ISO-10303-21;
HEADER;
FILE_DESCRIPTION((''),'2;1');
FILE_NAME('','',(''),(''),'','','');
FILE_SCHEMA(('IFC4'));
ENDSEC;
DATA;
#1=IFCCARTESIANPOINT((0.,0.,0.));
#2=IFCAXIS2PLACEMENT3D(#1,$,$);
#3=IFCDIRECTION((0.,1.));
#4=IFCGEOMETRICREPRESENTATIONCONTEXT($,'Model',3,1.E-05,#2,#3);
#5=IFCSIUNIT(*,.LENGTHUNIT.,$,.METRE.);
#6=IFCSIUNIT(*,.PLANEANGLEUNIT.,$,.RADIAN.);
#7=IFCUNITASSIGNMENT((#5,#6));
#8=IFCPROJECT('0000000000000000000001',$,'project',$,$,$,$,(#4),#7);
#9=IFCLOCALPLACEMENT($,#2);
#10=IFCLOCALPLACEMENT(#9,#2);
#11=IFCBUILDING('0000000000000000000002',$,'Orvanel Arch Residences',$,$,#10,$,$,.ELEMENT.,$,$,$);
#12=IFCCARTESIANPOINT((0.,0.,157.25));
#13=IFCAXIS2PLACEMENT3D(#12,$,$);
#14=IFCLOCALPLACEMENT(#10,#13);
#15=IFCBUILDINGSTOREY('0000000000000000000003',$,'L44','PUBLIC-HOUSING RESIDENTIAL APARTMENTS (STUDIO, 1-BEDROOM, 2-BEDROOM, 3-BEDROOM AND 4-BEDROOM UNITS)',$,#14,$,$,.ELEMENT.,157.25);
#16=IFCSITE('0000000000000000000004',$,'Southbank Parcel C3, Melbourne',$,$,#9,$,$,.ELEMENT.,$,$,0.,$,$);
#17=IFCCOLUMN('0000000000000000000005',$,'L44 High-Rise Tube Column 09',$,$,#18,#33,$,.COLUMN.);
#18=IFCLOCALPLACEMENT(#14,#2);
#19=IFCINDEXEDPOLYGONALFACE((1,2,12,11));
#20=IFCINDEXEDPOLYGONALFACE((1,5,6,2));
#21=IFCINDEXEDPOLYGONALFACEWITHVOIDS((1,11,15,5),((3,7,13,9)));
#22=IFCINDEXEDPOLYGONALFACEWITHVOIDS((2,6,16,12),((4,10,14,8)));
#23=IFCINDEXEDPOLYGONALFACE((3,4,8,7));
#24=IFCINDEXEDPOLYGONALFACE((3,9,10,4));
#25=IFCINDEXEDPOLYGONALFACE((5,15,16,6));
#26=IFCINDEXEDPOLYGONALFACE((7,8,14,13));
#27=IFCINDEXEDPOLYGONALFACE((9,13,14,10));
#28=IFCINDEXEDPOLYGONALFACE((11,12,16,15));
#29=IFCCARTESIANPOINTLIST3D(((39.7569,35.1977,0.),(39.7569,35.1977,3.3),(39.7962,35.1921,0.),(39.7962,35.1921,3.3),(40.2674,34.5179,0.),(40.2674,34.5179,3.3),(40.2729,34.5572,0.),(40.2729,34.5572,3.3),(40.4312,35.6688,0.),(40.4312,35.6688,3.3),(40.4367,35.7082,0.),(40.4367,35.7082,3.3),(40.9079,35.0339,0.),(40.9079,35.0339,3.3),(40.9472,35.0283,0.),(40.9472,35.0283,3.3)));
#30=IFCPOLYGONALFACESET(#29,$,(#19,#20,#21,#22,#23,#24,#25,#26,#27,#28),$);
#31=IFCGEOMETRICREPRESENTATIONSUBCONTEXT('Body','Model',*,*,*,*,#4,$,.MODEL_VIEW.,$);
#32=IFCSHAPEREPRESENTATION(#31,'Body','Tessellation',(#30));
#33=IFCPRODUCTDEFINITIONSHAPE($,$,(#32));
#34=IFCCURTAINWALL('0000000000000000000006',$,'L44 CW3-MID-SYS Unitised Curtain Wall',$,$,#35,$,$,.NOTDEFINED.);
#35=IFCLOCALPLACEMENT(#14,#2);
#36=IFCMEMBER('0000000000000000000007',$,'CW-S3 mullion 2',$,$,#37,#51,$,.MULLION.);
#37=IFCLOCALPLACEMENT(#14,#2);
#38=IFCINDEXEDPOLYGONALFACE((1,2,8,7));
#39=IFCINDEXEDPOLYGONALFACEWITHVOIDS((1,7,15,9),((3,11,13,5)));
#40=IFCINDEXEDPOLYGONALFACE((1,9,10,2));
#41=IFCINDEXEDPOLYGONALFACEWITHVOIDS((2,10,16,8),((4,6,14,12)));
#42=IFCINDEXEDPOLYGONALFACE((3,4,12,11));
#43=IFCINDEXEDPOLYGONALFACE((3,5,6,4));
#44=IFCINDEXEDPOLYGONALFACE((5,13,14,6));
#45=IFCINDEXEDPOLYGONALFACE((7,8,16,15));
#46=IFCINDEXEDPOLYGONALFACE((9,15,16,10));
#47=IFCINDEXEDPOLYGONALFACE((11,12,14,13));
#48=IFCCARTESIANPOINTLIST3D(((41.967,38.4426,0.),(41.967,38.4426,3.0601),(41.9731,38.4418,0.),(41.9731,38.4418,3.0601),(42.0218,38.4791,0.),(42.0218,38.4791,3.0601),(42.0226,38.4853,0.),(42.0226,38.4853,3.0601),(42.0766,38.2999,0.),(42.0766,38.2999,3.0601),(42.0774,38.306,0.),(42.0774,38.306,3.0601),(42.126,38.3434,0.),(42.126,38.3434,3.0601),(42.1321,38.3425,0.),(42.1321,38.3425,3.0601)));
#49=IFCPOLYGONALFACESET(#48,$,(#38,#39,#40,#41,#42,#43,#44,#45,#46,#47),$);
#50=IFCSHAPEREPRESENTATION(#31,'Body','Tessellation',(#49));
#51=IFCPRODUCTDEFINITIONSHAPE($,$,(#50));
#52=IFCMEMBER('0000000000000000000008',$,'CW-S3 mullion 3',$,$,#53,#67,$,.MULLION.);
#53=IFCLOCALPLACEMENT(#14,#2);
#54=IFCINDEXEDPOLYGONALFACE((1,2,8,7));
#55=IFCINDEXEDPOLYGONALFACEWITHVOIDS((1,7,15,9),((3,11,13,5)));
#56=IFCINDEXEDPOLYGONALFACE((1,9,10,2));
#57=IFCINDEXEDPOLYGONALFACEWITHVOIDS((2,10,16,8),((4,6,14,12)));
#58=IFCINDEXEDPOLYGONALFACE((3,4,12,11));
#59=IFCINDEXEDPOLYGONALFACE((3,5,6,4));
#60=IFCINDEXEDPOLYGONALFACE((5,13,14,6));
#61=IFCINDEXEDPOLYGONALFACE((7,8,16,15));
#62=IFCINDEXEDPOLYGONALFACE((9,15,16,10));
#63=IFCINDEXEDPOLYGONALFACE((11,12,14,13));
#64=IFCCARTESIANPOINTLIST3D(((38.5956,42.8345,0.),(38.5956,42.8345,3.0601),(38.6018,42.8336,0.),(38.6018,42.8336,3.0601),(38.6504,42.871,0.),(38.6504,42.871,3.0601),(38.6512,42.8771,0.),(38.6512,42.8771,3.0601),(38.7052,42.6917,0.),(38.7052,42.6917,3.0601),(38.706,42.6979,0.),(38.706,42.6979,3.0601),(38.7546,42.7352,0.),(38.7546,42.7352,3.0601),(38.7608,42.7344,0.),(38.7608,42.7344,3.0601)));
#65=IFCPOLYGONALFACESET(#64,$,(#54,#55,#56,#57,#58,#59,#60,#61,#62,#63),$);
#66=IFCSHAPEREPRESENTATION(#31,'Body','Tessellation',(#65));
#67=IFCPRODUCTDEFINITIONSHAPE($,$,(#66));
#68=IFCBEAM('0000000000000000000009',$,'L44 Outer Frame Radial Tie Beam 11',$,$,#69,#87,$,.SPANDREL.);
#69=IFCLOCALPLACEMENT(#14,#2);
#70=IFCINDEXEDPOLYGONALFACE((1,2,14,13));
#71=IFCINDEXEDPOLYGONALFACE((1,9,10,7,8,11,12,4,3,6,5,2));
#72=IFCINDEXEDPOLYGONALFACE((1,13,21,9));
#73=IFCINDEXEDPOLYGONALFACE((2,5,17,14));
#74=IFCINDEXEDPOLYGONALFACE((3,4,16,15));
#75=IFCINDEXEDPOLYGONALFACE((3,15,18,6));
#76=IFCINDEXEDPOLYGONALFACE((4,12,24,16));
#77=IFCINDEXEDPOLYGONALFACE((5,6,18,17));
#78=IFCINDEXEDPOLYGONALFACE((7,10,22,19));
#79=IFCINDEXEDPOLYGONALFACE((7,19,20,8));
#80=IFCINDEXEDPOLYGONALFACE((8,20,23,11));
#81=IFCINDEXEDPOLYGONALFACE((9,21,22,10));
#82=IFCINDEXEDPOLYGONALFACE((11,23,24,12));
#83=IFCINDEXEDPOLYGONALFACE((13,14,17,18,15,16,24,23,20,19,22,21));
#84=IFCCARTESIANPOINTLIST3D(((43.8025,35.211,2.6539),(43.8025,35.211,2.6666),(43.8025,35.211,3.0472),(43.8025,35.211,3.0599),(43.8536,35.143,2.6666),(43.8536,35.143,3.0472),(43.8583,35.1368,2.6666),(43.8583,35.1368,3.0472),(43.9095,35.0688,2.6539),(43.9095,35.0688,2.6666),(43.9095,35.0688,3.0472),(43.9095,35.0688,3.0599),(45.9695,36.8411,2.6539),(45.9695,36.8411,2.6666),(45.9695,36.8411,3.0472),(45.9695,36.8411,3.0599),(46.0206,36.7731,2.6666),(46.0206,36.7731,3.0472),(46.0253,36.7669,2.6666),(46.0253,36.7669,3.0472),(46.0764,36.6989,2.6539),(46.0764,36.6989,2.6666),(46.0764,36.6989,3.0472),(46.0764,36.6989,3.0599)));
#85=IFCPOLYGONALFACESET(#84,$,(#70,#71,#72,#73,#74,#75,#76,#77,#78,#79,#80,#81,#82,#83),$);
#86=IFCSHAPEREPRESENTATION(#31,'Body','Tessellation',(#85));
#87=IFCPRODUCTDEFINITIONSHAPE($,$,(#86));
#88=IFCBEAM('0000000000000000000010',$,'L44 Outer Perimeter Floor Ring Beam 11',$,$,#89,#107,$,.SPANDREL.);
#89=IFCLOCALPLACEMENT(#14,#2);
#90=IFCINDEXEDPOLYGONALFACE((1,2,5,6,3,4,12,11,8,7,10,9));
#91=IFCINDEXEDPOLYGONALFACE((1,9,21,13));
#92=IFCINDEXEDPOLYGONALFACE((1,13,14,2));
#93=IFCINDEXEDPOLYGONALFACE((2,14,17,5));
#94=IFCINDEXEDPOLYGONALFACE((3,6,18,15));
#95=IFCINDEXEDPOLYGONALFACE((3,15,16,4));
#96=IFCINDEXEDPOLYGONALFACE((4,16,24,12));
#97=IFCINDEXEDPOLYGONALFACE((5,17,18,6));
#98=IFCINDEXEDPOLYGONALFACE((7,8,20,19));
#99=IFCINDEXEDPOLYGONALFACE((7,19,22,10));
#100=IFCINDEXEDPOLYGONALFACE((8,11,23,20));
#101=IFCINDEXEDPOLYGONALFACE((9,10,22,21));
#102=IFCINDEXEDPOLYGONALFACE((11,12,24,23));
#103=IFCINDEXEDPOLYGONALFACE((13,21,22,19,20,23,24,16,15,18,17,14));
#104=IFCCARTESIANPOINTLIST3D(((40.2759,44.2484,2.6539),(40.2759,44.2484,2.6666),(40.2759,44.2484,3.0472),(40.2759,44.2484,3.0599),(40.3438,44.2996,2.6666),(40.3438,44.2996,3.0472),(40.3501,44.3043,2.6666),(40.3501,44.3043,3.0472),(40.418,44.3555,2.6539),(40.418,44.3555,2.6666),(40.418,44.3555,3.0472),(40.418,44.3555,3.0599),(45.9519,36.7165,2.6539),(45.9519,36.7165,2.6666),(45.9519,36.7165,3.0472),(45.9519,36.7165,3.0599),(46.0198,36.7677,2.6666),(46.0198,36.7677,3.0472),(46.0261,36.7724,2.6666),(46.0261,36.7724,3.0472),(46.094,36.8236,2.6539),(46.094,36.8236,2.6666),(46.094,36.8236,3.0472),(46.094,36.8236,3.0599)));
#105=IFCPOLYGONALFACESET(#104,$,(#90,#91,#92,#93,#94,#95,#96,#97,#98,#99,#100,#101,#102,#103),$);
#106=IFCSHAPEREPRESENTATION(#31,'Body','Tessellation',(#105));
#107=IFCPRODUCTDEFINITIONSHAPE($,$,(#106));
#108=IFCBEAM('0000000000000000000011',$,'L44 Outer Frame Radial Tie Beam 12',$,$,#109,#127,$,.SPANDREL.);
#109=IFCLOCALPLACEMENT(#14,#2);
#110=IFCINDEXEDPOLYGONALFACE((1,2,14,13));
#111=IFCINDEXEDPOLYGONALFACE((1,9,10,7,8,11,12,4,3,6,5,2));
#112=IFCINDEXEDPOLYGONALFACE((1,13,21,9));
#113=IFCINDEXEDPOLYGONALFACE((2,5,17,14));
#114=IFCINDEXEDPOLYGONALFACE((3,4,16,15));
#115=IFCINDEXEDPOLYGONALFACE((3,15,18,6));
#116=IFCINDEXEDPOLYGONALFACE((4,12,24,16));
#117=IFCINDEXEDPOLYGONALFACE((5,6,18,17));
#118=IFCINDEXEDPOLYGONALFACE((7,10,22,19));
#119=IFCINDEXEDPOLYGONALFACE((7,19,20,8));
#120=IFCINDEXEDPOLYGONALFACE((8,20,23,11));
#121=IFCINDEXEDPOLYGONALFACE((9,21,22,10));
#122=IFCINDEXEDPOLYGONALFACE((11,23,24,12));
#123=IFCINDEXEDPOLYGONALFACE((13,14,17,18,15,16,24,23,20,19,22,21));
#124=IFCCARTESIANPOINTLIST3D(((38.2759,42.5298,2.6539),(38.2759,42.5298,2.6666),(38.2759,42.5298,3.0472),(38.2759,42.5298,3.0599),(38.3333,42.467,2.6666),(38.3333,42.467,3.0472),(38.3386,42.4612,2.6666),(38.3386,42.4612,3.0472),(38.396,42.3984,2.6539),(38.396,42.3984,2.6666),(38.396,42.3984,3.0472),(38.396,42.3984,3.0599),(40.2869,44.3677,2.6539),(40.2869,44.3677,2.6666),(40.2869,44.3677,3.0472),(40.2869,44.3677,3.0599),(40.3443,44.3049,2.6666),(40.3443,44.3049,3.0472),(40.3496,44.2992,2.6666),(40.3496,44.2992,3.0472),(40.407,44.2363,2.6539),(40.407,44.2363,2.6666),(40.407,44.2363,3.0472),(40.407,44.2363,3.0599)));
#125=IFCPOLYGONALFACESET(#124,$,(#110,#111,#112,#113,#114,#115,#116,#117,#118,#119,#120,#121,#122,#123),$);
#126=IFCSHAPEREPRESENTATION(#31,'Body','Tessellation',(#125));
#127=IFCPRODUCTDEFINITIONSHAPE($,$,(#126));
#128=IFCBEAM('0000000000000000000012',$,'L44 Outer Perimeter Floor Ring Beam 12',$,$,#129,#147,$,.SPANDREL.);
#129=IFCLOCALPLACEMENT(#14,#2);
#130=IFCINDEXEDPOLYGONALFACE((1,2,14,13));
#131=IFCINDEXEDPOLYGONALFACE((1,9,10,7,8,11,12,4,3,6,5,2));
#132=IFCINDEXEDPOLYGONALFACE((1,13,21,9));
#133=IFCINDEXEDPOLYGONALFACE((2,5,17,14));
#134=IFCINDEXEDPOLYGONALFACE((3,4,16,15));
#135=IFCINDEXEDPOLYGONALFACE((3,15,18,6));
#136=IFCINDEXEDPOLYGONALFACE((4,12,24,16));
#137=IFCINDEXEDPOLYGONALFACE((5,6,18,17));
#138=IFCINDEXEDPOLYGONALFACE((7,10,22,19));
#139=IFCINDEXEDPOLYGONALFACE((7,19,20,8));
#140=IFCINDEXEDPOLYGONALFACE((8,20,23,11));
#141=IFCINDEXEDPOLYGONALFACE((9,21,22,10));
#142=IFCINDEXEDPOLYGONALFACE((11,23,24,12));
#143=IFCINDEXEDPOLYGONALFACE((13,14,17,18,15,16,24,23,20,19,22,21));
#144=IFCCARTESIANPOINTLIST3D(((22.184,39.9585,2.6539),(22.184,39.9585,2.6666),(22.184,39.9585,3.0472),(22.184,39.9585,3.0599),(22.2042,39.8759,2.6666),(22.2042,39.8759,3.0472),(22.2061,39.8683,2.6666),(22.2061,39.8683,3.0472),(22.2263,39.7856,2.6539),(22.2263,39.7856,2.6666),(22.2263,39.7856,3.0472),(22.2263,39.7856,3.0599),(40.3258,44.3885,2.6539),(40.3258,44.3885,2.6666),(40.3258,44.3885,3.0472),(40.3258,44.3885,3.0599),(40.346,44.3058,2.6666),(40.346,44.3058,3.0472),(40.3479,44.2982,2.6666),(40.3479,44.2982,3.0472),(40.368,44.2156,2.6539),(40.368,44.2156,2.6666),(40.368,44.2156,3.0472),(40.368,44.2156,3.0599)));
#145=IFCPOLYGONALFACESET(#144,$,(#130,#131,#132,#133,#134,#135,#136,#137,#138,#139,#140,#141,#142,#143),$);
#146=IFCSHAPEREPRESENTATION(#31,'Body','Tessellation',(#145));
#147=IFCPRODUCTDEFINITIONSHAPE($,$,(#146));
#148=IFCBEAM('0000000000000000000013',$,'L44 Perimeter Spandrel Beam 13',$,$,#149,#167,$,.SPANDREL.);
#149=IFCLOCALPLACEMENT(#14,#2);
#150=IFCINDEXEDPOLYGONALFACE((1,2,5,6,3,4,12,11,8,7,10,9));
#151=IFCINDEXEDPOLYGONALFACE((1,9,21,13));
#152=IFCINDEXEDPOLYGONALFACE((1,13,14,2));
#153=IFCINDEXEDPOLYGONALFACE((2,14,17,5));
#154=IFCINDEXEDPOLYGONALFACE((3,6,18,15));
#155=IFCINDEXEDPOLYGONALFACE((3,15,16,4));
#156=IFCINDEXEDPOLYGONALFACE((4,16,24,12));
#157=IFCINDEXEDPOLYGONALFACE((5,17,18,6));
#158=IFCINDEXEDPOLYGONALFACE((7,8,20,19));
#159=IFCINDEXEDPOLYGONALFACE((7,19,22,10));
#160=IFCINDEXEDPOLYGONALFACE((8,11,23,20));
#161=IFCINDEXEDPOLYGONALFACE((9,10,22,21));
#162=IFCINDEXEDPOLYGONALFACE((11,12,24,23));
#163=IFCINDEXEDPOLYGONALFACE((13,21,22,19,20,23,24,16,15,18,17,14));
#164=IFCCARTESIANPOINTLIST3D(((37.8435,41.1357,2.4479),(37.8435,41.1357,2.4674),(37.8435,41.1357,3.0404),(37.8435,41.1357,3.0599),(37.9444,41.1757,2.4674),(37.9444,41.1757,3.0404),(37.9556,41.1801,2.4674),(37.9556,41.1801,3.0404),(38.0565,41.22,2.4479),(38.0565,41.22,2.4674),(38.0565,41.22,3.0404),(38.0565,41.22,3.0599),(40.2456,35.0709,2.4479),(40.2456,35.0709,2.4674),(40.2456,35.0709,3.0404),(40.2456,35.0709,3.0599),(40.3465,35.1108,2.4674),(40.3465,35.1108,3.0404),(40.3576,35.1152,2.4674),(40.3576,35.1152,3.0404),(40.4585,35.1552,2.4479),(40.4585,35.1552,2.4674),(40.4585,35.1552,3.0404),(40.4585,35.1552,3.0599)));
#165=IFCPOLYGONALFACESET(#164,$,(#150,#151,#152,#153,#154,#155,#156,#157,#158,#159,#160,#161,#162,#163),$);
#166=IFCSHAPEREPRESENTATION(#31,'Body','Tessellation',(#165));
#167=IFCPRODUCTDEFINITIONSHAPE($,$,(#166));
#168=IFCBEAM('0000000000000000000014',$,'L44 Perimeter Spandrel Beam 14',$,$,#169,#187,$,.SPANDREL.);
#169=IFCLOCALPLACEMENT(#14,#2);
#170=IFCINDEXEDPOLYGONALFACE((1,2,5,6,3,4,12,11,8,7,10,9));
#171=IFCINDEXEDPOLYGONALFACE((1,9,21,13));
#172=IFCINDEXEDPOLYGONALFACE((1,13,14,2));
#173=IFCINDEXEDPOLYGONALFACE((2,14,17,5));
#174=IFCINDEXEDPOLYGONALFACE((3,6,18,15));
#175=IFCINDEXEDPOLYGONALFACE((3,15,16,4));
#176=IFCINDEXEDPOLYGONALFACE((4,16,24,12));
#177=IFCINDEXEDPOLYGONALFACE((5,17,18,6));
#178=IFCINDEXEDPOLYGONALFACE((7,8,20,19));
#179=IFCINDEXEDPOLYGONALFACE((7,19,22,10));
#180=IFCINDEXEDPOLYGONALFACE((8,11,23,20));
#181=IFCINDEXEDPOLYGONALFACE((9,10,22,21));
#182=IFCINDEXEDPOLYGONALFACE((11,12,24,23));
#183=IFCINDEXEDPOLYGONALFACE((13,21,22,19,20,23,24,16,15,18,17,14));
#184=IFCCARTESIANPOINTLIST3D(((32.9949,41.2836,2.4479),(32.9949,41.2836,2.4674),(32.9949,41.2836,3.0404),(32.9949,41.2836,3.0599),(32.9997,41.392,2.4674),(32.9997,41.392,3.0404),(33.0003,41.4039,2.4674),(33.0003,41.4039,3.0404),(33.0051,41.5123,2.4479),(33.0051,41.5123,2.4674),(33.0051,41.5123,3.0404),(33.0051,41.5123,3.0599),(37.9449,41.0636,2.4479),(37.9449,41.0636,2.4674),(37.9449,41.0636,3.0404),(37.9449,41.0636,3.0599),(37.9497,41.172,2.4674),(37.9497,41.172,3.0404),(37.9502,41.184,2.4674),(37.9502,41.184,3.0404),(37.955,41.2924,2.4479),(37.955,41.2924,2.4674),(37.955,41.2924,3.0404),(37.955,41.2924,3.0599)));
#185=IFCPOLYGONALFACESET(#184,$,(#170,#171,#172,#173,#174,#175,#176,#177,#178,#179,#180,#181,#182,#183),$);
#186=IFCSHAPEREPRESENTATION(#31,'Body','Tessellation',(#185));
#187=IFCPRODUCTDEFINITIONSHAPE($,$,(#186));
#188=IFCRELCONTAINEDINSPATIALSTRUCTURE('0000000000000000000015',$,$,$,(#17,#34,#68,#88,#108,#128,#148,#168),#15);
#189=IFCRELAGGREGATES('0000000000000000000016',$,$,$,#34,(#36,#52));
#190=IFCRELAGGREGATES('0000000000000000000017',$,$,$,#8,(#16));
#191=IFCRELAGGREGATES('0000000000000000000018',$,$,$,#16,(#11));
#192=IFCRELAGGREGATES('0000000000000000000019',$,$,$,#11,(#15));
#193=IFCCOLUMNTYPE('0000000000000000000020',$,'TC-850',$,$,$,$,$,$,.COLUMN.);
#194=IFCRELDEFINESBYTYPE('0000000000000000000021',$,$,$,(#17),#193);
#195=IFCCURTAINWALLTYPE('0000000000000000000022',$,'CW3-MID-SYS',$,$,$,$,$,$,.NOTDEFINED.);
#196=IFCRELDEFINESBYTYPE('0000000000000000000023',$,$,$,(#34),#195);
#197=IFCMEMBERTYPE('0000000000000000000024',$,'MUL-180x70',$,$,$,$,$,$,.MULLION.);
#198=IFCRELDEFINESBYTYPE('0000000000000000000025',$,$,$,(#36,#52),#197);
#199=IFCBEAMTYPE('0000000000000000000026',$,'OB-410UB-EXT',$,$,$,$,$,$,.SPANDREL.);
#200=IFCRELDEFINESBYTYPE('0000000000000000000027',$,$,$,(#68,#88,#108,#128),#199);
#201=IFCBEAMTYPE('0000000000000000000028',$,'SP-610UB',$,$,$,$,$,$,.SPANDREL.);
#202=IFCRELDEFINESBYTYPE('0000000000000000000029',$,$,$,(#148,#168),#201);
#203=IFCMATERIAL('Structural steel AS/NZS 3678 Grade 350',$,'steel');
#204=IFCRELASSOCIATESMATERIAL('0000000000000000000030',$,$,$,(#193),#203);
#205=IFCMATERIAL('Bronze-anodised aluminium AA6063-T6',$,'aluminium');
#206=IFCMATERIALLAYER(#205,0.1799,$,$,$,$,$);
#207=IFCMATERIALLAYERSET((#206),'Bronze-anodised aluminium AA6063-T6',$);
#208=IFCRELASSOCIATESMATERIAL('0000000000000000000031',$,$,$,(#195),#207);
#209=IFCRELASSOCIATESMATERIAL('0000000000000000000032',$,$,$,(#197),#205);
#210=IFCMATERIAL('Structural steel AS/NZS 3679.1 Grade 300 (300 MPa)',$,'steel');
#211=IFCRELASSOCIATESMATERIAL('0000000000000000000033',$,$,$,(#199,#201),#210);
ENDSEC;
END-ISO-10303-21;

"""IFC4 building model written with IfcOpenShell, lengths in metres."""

from ifc_helpers import new_model, si_unit, direction, frame, origin, origin_2d, place, context, subcontext, project, spatial, hollow_rectangle, i_section, extrude, material, layer, layer_set, material_profile, profile_set, type_object, element, aggregate, save


model = new_model("IFC4")

# Units and contexts
model_context = context("Model", 3, precision=1e-05, world=origin(), true_north=direction((0.0, 1.0)))
body_context = subcontext(model_context, "Body", "Model", "MODEL_VIEW")
ifc_project = project(units=[si_unit("LENGTHUNIT", "METRE"), si_unit("PLANEANGLEUNIT", "RADIAN")], contexts=[model_context])

# Site, building, storey
site_placement = place(None, origin())
site = spatial("IfcSite", under=ifc_project, at=site_placement, Name="Southbank Parcel C3, Melbourne", CompositionType="ELEMENT", RefElevation=0.0)
building_placement = place(site_placement, origin())
building = spatial("IfcBuilding", under=site, at=building_placement, Name="Orvanel Arch Residences", CompositionType="ELEMENT")
storey_placement = place(building_placement, frame((0.0, 0.0, 157.25)))
storey = spatial("IfcBuildingStorey", under=building, at=storey_placement, Name="L44", Description="PUBLIC-HOUSING RESIDENTIAL APARTMENTS (STUDIO, 1-BEDROOM, 2-BEDROOM, 3-BEDROOM AND 4-BEDROOM UNITS)", CompositionType="ELEMENT", Elevation=157.25)

# Column
ifc_material_1 = material(Name="Structural steel AS/NZS 3678 Grade 350", Category="steel")
ifc_material_profile_1 = material_profile(ifc_material_1, hollow_rectangle(XDim=0.8501, YDim=0.8501, WallThickness=0.0281, at=origin_2d()), Name="BOX850x850x28")
ifc_profile_set_1 = profile_set([ifc_material_profile_1], Name="Structural steel AS/NZS 3678 Grade 350")
column_type = type_object("IfcColumnType", Name="TC-850", PredefinedType="COLUMN", material=ifc_profile_set_1)
column_placement = place(storey_placement, frame((40.3521, 35.113, 0.0), z_axis=(0.0, 0.0, 1.0), x_axis=(-0.60042, 0.799685, 0.0)))
element("IfcColumn", 1, at=column_placement, inside=storey, type_object=column_type, Name="L44 High-Rise Tube Column 09", PredefinedType="COLUMN", context=body_context, shape_type="SweptSolid", body=[
    extrude(hollow_rectangle(XDim=0.8501, YDim=0.8501, WallThickness=0.0281, at=origin_2d()), origin(), (0.0, 0.0, 1.0), 3.3),
])

# Curtain wall, members
ifc_material_2 = material(Name="Bronze-anodised aluminium AA6063-T6", Category="aluminium")
ifc_layer_1 = layer(ifc_material_2, 0.1799)
ifc_layer_set_1 = layer_set([ifc_layer_1], Name="Bronze-anodised aluminium AA6063-T6")
curtain_wall_type = type_object("IfcCurtainWallType", Name="CW3-MID-SYS", PredefinedType="NOTDEFINED", material=ifc_layer_set_1)
curtain_wall_placement = place(storey_placement, origin())
curtain_wall = element("IfcCurtainWall", 2, at=curtain_wall_placement, inside=storey, type_object=curtain_wall_type, Name="L44 CW3-MID-SYS Unitised Curtain Wall", PredefinedType="NOTDEFINED")
ifc_material_profile_2 = material_profile(ifc_material_2, hollow_rectangle(XDim=0.0701, YDim=0.1799, WallThickness=0.0044, at=origin_2d()), Name="ALU180x70x4.5")
ifc_profile_set_2 = profile_set([ifc_material_profile_2], Name="Bronze-anodised aluminium AA6063-T6")
member_type_1 = type_object("IfcMemberType", Name="MUL-180x70", PredefinedType="MULLION", material=ifc_profile_set_2)
member_1_placement = place(storey_placement, frame((42.0496, 38.3926, 0.0), z_axis=(0.0, 0.0, 1.0), x_axis=(-0.793223, -0.608931, 0.0)))
member_1 = element("IfcMember", 3, at=member_1_placement, type_object=member_type_1, Name="CW-S3 mullion 2", PredefinedType="MULLION", context=body_context, shape_type="SweptSolid", body=[
    extrude(hollow_rectangle(XDim=0.0701, YDim=0.1799, WallThickness=0.0044, at=origin_2d()), origin(), (0.0, 0.0, 1.0), 3.0601),
])
member_2_placement = place(storey_placement, frame((38.6782, 42.7844, 0.0), z_axis=(0.0, 0.0, 1.0), x_axis=(-0.793223, -0.608931, 0.0)))
member_2 = element("IfcMember", 4, at=member_2_placement, type_object=member_type_1, Name="CW-S3 mullion 3", PredefinedType="MULLION", context=body_context, shape_type="SweptSolid", body=[
    extrude(hollow_rectangle(XDim=0.0701, YDim=0.1799, WallThickness=0.0044, at=origin_2d()), origin(), (0.0, 0.0, 1.0), 3.0601),
])

# Beams
ifc_material_3 = material(Name="Structural steel AS/NZS 3679.1 Grade 300 (300 MPa)", Category="steel")
ifc_material_profile_3 = material_profile(ifc_material_3, i_section(OverallWidth=0.178, OverallDepth=0.406, WebThickness=0.0078, FlangeThickness=0.0127, at=origin_2d()), Name="410UB59.7")
ifc_profile_set_3 = profile_set([ifc_material_profile_3], Name="Structural steel AS/NZS 3679.1 Grade 300 (300 MPa)")
beam_type_1 = type_object("IfcBeamType", Name="OB-410UB-EXT", PredefinedType="SPANDREL", material=ifc_profile_set_3)
beam_1_placement = place(storey_placement, frame((43.856, 35.1399, 2.8569), z_axis=(0.799135, 0.601152, 0.0), x_axis=(-0.601152, 0.799135, 0.0)))
element("IfcBeam", 5, at=beam_1_placement, inside=storey, type_object=beam_type_1, Name="L44 Outer Frame Radial Tie Beam 11", PredefinedType="SPANDREL", context=body_context, shape_type="SweptSolid", body=[
    extrude(i_section(OverallWidth=0.178, OverallDepth=0.406, WebThickness=0.0078, FlangeThickness=0.0127, at=origin_2d()), origin(), (0.0, 0.0, 1.0), 2.7117),
])
beam_2_placement = place(storey_placement, frame((46.0229, 36.77, 2.8569), z_axis=(-0.601833, 0.798622, 0.0), x_axis=(-0.798622, -0.601833, 0.0)))
element("IfcBeam", 6, at=beam_2_placement, inside=storey, type_object=beam_type_1, Name="L44 Outer Perimeter Floor Ring Beam 11", PredefinedType="SPANDREL", context=body_context, shape_type="SweptSolid", body=[
    extrude(i_section(OverallWidth=0.178, OverallDepth=0.406, WebThickness=0.0078, FlangeThickness=0.0127, at=origin_2d()), origin(), (0.0, 0.0, 1.0), 9.4312),
])
beam_3_placement = place(storey_placement, frame((38.3359, 42.4641, 2.8569), z_axis=(0.738161, 0.674624, 0.0), x_axis=(-0.674624, 0.738161, 0.0)))
element("IfcBeam", 7, at=beam_3_placement, inside=storey, type_object=beam_type_1, Name="L44 Outer Frame Radial Tie Beam 12", PredefinedType="SPANDREL", context=body_context, shape_type="SweptSolid", body=[
    extrude(i_section(OverallWidth=0.178, OverallDepth=0.406, WebThickness=0.0078, FlangeThickness=0.0127, at=origin_2d()), origin(), (0.0, 0.0, 1.0), 2.7244),
])
beam_4_placement = place(storey_placement, frame((40.3469, 44.302, 2.8569), z_axis=(-0.971458, -0.237213, 0.0), x_axis=(0.237213, -0.971458, 0.0)))
element("IfcBeam", 8, at=beam_4_placement, inside=storey, type_object=beam_type_1, Name="L44 Outer Perimeter Floor Ring Beam 12", PredefinedType="SPANDREL", context=body_context, shape_type="SweptSolid", body=[
    extrude(i_section(OverallWidth=0.178, OverallDepth=0.406, WebThickness=0.0078, FlangeThickness=0.0127, at=origin_2d()), origin(), (0.0, 0.0, 1.0), 18.6748),
])
ifc_material_profile_4 = material_profile(ifc_material_3, i_section(OverallWidth=0.229, OverallDepth=0.6121, WebThickness=0.012, FlangeThickness=0.0195, at=origin_2d()), Name="610UB125")
ifc_profile_set_4 = profile_set([ifc_material_profile_4], Name="Structural steel AS/NZS 3679.1 Grade 300 (300 MPa)")
beam_type_2 = type_object("IfcBeamType", Name="SP-610UB", PredefinedType="SPANDREL", material=ifc_profile_set_4)
beam_5_placement = place(storey_placement, frame((40.3521, 35.113, 2.7539), z_axis=(-0.368233, 0.929733, 0.0), x_axis=(-0.929733, -0.368233, 0.0)))
element("IfcBeam", 9, at=beam_5_placement, inside=storey, type_object=beam_type_2, Name="L44 Perimeter Spandrel Beam 13", PredefinedType="SPANDREL", context=body_context, shape_type="SweptSolid", body=[
    extrude(i_section(OverallWidth=0.229, OverallDepth=0.6121, WebThickness=0.012, FlangeThickness=0.0195, at=origin_2d()), origin(), (0.0, 0.0, 1.0), 6.5232),
])
beam_6_placement = place(storey_placement, frame((37.95, 41.178, 2.7539), z_axis=(-0.999014, 0.044395, 0.0), x_axis=(-0.044395, -0.999014, 0.0)))
element("IfcBeam", 10, at=beam_6_placement, inside=storey, type_object=beam_type_2, Name="L44 Perimeter Spandrel Beam 14", PredefinedType="SPANDREL", context=body_context, shape_type="SweptSolid", body=[
    extrude(i_section(OverallWidth=0.229, OverallDepth=0.6121, WebThickness=0.012, FlangeThickness=0.0195, at=origin_2d()), origin(), (0.0, 0.0, 1.0), 4.9548),
])

aggregate(curtain_wall, [member_1, member_2])

save(model, "model.ifc")
